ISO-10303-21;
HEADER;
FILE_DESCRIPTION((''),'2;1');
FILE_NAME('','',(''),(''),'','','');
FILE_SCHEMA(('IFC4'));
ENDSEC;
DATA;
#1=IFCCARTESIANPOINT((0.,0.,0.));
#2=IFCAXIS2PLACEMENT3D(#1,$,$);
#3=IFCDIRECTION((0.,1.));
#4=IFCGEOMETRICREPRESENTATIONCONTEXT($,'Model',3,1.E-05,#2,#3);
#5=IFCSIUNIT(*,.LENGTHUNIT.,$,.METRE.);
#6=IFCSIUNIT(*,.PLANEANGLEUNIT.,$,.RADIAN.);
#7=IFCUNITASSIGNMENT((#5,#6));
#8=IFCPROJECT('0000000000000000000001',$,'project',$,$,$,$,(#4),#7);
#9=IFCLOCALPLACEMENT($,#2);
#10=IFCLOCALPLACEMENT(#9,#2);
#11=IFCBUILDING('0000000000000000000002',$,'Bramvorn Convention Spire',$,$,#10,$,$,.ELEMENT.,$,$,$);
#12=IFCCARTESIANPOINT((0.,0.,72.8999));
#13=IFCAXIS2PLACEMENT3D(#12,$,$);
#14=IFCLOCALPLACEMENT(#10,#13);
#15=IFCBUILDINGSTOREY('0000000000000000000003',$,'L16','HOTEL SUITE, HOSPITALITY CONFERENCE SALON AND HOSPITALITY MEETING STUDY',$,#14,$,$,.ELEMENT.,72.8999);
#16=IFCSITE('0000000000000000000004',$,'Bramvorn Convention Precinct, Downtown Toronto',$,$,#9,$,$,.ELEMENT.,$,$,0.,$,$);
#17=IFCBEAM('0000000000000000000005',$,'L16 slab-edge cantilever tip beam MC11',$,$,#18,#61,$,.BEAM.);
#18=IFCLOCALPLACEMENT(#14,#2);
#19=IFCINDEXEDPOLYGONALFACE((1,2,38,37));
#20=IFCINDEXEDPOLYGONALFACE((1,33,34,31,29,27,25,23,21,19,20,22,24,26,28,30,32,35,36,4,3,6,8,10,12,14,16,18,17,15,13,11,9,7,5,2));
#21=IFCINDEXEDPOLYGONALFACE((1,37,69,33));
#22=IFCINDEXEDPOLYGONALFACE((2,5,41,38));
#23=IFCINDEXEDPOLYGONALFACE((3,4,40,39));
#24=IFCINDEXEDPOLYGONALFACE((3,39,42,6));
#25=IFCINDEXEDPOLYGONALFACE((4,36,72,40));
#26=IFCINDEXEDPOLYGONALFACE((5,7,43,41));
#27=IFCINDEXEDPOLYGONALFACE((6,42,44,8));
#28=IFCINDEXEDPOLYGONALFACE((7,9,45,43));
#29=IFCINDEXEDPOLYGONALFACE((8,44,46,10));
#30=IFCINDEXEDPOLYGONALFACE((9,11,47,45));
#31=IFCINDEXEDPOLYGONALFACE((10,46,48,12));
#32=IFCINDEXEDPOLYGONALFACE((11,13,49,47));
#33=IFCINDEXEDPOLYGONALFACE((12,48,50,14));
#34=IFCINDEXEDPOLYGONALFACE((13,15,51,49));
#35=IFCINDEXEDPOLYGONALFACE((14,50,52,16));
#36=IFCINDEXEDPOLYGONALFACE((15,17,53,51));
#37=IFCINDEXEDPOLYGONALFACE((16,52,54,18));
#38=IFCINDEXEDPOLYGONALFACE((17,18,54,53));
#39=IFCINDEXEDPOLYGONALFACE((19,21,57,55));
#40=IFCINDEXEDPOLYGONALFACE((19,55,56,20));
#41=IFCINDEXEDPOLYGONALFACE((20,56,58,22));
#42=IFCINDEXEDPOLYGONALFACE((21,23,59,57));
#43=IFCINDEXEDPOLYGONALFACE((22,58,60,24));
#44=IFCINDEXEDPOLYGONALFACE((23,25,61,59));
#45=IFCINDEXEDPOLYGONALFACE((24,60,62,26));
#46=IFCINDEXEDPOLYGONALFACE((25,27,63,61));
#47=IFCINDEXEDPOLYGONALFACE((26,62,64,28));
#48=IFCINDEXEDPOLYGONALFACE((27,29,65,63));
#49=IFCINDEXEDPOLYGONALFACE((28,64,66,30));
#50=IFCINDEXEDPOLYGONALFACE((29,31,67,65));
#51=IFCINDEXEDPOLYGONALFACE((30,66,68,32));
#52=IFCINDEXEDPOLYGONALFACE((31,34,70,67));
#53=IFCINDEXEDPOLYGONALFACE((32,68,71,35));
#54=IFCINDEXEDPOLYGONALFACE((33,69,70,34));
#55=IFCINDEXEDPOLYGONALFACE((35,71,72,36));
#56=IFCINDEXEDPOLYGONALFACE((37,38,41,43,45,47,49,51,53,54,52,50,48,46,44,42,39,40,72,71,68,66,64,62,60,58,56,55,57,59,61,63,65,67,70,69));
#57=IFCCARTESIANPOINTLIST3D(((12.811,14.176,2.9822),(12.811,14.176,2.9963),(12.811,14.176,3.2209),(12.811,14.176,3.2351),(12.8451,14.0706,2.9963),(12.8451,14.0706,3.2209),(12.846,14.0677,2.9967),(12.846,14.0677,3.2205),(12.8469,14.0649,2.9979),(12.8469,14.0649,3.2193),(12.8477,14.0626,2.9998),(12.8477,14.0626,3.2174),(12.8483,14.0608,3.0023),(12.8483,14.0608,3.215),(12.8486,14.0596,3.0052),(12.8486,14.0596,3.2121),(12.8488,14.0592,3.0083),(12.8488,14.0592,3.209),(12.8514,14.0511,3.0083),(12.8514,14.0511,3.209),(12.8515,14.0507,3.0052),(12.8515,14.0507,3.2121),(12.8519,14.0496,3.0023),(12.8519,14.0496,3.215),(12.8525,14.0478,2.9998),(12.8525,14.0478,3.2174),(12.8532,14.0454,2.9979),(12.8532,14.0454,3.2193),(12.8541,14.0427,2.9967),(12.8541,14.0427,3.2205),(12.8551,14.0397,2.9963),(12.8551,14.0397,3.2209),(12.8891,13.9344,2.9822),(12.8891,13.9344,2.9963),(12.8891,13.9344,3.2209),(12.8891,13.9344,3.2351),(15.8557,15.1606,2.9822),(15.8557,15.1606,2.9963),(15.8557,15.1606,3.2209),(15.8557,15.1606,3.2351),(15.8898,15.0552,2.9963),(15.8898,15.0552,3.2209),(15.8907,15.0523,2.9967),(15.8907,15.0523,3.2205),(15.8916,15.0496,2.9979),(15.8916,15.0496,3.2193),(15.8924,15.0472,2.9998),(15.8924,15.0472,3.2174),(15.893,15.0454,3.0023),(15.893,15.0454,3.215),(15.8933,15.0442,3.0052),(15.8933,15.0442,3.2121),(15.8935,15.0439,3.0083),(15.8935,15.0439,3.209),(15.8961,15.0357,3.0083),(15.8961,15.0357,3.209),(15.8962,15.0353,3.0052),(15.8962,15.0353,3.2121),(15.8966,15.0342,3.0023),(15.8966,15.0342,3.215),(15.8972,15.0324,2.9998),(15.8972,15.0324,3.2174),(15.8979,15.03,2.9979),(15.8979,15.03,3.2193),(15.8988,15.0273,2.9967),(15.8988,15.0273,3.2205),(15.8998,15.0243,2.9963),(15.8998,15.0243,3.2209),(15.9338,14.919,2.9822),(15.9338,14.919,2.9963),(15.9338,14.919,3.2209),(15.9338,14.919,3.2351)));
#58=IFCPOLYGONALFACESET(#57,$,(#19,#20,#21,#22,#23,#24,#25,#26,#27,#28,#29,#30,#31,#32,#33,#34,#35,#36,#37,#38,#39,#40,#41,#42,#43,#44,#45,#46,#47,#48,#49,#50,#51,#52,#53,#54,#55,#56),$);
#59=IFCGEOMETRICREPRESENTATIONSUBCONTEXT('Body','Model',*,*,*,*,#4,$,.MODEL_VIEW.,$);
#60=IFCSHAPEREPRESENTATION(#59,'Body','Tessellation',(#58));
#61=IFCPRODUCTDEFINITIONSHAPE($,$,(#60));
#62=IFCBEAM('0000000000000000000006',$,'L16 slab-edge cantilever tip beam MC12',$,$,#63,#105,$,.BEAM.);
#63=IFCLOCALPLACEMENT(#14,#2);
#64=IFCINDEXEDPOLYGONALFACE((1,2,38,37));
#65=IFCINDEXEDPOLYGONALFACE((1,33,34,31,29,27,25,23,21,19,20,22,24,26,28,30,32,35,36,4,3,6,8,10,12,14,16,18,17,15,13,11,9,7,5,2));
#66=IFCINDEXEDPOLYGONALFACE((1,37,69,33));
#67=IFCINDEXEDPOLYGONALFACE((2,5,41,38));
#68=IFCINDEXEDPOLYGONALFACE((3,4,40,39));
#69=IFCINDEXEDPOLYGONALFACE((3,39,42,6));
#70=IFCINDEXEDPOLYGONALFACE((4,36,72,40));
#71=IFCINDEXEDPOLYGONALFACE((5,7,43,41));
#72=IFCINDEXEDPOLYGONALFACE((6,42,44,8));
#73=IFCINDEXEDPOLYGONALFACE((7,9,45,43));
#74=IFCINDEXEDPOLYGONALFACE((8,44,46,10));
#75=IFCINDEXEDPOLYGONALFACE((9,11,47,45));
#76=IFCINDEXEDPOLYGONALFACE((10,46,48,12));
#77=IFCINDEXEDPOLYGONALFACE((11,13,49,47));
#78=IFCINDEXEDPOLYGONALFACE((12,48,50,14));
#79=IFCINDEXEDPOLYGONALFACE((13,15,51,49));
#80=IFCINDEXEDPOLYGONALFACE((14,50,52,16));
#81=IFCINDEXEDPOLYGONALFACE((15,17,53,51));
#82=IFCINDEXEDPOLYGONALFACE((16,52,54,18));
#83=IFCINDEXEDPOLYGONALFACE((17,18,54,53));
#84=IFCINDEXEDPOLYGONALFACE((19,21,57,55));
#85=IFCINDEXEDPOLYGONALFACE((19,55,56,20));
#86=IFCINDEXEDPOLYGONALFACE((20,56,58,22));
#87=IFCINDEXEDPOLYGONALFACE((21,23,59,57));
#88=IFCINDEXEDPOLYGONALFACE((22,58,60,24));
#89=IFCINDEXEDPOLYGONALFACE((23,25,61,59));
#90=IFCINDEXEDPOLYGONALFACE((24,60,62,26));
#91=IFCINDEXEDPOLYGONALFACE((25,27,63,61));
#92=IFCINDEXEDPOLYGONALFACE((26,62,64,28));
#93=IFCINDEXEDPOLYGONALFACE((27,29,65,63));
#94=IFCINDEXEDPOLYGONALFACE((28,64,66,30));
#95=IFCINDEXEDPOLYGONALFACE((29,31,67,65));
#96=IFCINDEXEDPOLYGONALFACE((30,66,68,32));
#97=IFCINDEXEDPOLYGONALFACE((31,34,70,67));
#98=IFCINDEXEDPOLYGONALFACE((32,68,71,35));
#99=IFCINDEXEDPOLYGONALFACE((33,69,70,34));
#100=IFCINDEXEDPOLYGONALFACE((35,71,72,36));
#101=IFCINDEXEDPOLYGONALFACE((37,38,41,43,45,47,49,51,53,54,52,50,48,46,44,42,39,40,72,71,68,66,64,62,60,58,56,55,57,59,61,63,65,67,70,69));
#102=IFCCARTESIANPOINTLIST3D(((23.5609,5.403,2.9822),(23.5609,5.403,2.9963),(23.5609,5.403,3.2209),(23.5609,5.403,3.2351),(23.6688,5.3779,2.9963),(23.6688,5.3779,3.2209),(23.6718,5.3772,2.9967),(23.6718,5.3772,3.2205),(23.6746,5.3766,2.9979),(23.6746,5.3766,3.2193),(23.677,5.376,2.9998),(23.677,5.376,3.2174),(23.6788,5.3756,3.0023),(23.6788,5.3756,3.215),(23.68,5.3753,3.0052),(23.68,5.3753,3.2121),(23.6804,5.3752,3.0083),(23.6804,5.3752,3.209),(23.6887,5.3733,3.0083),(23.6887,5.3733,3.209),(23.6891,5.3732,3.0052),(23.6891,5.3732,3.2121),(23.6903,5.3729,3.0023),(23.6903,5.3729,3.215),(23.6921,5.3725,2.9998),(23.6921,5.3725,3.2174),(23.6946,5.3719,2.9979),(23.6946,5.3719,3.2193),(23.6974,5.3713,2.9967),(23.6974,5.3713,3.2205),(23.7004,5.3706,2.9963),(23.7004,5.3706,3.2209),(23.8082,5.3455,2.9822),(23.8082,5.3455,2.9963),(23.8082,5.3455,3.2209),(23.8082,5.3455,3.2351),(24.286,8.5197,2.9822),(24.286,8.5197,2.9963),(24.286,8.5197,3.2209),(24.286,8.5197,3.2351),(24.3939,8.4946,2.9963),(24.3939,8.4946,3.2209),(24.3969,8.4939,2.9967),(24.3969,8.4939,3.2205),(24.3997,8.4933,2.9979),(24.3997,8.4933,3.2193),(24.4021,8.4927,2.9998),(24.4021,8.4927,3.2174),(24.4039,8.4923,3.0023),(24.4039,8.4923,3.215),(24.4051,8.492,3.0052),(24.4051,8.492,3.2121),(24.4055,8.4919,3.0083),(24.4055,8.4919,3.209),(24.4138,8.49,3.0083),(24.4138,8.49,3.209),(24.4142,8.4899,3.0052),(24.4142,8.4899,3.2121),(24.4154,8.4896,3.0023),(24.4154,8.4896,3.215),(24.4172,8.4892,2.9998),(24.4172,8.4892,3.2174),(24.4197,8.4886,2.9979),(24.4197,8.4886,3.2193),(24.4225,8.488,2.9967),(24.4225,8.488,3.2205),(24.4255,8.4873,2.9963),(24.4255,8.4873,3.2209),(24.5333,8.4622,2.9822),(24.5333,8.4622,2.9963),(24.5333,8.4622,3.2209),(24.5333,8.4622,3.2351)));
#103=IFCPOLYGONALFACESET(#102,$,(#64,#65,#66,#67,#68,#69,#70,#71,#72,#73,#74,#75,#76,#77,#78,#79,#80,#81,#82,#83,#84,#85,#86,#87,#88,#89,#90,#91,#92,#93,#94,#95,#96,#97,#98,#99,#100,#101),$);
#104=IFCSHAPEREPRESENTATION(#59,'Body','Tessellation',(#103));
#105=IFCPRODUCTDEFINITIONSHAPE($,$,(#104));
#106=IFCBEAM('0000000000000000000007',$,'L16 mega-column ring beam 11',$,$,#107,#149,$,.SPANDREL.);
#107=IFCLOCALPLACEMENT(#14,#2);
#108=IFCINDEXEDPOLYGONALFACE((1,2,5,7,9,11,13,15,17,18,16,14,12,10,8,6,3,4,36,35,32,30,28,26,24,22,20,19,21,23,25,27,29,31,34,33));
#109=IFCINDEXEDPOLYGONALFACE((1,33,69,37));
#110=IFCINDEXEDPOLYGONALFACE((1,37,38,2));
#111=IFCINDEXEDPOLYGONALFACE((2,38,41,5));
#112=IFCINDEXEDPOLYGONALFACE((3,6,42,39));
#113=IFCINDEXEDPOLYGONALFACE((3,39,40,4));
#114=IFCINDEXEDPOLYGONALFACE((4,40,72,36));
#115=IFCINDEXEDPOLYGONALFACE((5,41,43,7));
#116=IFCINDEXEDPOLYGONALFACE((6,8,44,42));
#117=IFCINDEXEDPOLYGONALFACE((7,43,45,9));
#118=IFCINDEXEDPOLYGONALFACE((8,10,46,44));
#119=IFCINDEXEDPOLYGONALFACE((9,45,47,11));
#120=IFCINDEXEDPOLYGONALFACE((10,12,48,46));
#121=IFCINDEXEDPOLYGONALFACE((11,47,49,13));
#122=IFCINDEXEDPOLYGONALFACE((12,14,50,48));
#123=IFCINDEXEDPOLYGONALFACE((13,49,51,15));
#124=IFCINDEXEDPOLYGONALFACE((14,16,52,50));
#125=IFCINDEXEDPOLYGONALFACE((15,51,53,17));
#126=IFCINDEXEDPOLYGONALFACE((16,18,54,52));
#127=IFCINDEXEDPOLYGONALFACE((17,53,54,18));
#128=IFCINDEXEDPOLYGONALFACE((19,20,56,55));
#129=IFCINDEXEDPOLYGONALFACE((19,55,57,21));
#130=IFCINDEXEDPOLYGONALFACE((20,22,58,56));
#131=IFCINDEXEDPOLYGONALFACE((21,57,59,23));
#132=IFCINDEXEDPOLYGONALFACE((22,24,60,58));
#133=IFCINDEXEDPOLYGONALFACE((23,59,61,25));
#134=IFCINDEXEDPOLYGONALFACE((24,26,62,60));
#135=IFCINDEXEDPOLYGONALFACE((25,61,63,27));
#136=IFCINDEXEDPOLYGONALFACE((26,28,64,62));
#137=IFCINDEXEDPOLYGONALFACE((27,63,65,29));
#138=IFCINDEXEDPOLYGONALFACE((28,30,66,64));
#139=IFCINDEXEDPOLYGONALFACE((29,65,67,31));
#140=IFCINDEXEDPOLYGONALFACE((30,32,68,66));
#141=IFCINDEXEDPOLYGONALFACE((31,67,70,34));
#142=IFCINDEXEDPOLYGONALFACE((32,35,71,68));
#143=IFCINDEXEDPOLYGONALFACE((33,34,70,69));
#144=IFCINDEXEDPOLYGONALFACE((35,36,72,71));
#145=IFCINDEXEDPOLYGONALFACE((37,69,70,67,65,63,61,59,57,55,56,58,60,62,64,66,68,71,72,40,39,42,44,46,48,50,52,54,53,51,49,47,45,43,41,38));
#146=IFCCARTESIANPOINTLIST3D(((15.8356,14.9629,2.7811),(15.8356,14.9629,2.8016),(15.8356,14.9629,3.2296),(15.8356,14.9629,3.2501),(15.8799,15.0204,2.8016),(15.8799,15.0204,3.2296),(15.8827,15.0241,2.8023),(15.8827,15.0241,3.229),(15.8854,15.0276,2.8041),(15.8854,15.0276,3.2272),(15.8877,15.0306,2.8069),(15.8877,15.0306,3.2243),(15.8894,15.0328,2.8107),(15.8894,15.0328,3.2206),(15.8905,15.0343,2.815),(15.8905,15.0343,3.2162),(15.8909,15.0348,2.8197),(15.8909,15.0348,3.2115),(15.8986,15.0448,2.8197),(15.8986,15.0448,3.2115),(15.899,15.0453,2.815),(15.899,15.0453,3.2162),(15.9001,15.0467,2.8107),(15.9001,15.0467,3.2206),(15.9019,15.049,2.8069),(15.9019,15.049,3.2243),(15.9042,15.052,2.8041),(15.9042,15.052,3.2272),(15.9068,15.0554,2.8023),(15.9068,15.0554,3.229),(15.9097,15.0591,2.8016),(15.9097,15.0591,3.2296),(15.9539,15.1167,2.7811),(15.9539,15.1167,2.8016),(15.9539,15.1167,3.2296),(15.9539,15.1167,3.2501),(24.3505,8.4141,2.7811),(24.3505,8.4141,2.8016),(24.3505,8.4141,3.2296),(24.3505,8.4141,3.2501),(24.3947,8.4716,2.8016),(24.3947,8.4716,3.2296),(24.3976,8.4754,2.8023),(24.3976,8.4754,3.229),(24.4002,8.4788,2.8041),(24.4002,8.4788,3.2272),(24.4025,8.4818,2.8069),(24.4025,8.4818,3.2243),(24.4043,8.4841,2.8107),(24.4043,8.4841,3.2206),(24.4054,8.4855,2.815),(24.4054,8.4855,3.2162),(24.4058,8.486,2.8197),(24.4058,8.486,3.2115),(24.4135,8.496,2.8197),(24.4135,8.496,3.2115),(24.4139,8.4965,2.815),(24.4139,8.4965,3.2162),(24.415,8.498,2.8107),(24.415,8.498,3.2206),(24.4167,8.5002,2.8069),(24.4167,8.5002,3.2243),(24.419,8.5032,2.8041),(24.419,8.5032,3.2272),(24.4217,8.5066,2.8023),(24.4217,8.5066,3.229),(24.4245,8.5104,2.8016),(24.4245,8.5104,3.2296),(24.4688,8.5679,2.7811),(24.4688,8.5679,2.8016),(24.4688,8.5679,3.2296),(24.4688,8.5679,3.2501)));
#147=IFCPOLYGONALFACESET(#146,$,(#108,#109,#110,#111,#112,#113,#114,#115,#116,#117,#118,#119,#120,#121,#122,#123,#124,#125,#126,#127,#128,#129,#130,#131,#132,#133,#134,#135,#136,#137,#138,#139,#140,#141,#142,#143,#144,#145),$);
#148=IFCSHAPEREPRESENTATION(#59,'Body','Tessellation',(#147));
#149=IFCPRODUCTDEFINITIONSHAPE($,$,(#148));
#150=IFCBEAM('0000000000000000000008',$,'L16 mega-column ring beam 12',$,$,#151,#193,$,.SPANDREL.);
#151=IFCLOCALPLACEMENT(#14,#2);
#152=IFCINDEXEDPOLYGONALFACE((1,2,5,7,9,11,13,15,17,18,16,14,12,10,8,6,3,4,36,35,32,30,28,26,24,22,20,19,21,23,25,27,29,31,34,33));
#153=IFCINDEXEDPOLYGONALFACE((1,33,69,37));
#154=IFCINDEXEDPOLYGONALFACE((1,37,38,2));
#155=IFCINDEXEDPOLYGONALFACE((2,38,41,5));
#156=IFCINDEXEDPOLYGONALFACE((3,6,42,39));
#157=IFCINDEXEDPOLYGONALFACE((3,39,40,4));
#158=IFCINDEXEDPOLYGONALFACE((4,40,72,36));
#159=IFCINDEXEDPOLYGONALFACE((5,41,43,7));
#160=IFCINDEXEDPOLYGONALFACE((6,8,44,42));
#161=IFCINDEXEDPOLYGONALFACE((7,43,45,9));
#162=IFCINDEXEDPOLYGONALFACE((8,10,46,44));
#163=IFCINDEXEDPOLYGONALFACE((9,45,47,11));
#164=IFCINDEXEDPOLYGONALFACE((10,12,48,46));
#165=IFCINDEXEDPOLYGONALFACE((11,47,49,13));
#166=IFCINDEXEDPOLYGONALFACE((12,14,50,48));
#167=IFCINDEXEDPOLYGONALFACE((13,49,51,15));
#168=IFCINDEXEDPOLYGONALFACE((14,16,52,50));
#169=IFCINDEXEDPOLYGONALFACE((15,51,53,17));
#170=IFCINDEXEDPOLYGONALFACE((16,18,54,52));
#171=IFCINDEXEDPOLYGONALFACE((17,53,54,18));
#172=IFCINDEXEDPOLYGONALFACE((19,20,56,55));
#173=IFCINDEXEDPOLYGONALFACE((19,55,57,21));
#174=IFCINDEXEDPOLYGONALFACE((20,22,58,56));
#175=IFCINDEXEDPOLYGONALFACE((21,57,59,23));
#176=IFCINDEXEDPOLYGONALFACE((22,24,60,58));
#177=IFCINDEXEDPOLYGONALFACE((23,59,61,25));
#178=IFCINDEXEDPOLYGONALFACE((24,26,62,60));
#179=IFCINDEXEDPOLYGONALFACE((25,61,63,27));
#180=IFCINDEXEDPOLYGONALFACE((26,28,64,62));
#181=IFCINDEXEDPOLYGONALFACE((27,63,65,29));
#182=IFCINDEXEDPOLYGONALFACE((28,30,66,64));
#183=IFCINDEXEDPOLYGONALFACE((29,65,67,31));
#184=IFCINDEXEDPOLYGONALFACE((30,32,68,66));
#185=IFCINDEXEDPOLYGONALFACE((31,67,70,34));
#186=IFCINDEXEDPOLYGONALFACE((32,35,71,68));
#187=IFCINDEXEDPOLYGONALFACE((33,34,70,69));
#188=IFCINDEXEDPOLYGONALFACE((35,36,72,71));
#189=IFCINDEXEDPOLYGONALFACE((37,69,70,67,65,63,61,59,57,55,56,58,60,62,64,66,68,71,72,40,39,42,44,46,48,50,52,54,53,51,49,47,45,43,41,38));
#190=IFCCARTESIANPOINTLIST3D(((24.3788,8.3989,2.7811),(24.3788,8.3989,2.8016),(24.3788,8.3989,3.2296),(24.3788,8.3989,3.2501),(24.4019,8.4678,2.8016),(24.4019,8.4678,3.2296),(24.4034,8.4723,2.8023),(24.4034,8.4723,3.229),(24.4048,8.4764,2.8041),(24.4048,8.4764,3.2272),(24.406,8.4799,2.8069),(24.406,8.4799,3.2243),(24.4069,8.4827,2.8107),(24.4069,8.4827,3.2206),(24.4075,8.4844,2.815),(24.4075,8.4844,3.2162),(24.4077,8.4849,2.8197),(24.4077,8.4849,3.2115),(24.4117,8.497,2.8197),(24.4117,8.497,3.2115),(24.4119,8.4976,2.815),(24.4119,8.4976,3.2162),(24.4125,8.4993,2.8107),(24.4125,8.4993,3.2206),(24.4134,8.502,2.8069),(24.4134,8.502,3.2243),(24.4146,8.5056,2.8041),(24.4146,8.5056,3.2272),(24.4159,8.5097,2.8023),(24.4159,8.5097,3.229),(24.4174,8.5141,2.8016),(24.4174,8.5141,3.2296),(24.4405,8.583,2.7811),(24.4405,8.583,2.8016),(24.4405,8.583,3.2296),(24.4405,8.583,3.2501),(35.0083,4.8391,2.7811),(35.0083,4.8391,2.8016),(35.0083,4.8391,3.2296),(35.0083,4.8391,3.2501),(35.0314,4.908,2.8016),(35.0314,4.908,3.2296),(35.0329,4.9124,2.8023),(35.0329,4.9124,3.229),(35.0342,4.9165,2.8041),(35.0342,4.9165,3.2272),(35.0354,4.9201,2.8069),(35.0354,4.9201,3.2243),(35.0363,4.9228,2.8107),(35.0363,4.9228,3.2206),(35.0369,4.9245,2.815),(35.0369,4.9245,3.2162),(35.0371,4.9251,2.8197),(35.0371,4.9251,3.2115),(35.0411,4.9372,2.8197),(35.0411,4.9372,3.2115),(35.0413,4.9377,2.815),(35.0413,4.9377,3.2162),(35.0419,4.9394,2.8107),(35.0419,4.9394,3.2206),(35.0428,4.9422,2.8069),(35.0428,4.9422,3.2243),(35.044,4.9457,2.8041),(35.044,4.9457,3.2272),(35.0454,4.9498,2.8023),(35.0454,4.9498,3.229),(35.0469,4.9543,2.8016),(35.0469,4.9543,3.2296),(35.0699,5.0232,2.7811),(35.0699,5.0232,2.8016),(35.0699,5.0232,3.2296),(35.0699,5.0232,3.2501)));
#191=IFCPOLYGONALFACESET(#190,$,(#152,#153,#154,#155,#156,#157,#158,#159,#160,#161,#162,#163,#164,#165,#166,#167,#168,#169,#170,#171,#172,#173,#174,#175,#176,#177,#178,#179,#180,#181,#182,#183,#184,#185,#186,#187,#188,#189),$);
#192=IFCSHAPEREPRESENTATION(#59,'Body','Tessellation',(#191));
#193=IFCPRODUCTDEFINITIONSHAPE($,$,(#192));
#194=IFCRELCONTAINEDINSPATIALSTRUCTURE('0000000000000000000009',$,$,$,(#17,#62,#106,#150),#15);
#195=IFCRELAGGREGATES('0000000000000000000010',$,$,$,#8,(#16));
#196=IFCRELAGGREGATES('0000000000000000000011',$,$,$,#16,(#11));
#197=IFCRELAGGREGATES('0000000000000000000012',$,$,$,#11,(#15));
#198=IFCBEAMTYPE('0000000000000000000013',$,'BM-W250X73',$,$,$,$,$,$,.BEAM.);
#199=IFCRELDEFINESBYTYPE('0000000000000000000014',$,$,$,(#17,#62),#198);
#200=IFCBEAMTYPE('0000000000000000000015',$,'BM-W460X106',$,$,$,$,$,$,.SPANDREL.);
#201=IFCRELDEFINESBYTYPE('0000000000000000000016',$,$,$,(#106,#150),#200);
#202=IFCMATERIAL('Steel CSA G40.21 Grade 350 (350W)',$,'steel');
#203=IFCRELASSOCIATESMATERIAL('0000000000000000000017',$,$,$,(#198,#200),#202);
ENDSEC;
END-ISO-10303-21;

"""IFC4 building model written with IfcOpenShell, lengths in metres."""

from ifc_helpers import new_model, si_unit, direction, frame, origin, origin_2d, place, context, subcontext, project, spatial, i_section, extrude, material, material_profile, profile_set, type_object, element, save


model = new_model("IFC4")

# Units and contexts
model_context = context("Model", 3, precision=1e-05, world=origin(), true_north=direction((0.0, 1.0)))
body_context = subcontext(model_context, "Body", "Model", "MODEL_VIEW")
ifc_project = project(units=[si_unit("LENGTHUNIT", "METRE"), si_unit("PLANEANGLEUNIT", "RADIAN")], contexts=[model_context])

# Site, building, storey
site_placement = place(None, origin())
site = spatial("IfcSite", under=ifc_project, at=site_placement, Name="Bramvorn Convention Precinct, Downtown Toronto", CompositionType="ELEMENT", RefElevation=0.0)
building_placement = place(site_placement, origin())
building = spatial("IfcBuilding", under=site, at=building_placement, Name="Bramvorn Convention Spire", CompositionType="ELEMENT")
storey_placement = place(building_placement, frame((0.0, 0.0, 72.8999)))
storey = spatial("IfcBuildingStorey", under=building, at=storey_placement, Name="L16", Description="HOTEL SUITE, HOSPITALITY CONFERENCE SALON AND HOSPITALITY MEETING STUDY", CompositionType="ELEMENT", Elevation=72.8999)

# Shared definitions
ifc_material_1 = material(Name="Steel CSA G40.21 Grade 350 (350W)", Category="steel")

# Beams
ifc_material_profile_1 = material_profile(ifc_material_1, i_section(OverallWidth=0.2539, OverallDepth=0.2529, WebThickness=0.0085, FlangeThickness=0.0142, FilletRadius=0.012, at=origin_2d()))
ifc_profile_set_1 = profile_set([ifc_material_profile_1], Name="Steel CSA G40.21 Grade 350 (350W) - W250X73")
beam_type_1 = type_object("IfcBeamType", Name="BM-W250X73", PredefinedType="BEAM", material=ifc_profile_set_1)
for number, where, z_axis, x_axis, name in (
    (1, (15.8948, 15.0398, 3.1086), (-0.951483, -0.3077, 0.0), (0.3077, -0.951483, 0.0), "L16 slab-edge cantilever tip beam MC11"),
    (2, (24.4097, 8.491, 3.1086), (-0.226598, -0.973988, 0.0), (0.973988, -0.226598, 0.0), "L16 slab-edge cantilever tip beam MC12"),
):
    element("IfcBeam", number, at=place(storey_placement, frame(where, z_axis=z_axis, x_axis=x_axis)), inside=storey, type_object=beam_type_1, Name=name, PredefinedType="BEAM", context=body_context, shape_type="SweptSolid", body=[
        extrude(i_section(OverallWidth=0.2539, OverallDepth=0.2529, WebThickness=0.0085, FlangeThickness=0.0142, FilletRadius=0.012, at=origin_2d()), origin(), (0.0, 0.0, 1.0), 3.2),
    ])
ifc_material_profile_2 = material_profile(ifc_material_1, i_section(OverallWidth=0.1941, OverallDepth=0.469, WebThickness=0.0127, FlangeThickness=0.0205, FilletRadius=0.0181, at=origin_2d()))
ifc_profile_set_2 = profile_set([ifc_material_profile_2], Name="Steel CSA G40.21 Grade 350 (350W) - W460X106")
beam_type_2 = type_object("IfcBeamType", Name="BM-W460X106", PredefinedType="SPANDREL", material=ifc_profile_set_2)
beam_1_placement = place(storey_placement, frame((15.8948, 15.0398, 3.0156), z_axis=(0.792673, -0.609647, 0.0), x_axis=(0.609647, 0.792673, 0.0)))
element("IfcBeam", 3, at=beam_1_placement, inside=storey, type_object=beam_type_2, Name="L16 mega-column ring beam 11", PredefinedType="SPANDREL", context=body_context, shape_type="SweptSolid", body=[
    extrude(i_section(OverallWidth=0.1941, OverallDepth=0.469, WebThickness=0.0127, FlangeThickness=0.0205, FilletRadius=0.0181, at=origin_2d()), origin(), (0.0, 0.0, 1.0), 10.7419),
])
beam_2_placement = place(storey_placement, frame((24.4097, 8.491, 3.0156), z_axis=(0.948236, -0.317567, 0.0), x_axis=(0.317567, 0.948236, 0.0)))
element("IfcBeam", 4, at=beam_2_placement, inside=storey, type_object=beam_type_2, Name="L16 mega-column ring beam 12", PredefinedType="SPANDREL", context=body_context, shape_type="SweptSolid", body=[
    extrude(i_section(OverallWidth=0.1941, OverallDepth=0.469, WebThickness=0.0127, FlangeThickness=0.0205, FilletRadius=0.0181, at=origin_2d()), origin(), (0.0, 0.0, 1.0), 11.2097),
])

save(model, "model.ifc")
